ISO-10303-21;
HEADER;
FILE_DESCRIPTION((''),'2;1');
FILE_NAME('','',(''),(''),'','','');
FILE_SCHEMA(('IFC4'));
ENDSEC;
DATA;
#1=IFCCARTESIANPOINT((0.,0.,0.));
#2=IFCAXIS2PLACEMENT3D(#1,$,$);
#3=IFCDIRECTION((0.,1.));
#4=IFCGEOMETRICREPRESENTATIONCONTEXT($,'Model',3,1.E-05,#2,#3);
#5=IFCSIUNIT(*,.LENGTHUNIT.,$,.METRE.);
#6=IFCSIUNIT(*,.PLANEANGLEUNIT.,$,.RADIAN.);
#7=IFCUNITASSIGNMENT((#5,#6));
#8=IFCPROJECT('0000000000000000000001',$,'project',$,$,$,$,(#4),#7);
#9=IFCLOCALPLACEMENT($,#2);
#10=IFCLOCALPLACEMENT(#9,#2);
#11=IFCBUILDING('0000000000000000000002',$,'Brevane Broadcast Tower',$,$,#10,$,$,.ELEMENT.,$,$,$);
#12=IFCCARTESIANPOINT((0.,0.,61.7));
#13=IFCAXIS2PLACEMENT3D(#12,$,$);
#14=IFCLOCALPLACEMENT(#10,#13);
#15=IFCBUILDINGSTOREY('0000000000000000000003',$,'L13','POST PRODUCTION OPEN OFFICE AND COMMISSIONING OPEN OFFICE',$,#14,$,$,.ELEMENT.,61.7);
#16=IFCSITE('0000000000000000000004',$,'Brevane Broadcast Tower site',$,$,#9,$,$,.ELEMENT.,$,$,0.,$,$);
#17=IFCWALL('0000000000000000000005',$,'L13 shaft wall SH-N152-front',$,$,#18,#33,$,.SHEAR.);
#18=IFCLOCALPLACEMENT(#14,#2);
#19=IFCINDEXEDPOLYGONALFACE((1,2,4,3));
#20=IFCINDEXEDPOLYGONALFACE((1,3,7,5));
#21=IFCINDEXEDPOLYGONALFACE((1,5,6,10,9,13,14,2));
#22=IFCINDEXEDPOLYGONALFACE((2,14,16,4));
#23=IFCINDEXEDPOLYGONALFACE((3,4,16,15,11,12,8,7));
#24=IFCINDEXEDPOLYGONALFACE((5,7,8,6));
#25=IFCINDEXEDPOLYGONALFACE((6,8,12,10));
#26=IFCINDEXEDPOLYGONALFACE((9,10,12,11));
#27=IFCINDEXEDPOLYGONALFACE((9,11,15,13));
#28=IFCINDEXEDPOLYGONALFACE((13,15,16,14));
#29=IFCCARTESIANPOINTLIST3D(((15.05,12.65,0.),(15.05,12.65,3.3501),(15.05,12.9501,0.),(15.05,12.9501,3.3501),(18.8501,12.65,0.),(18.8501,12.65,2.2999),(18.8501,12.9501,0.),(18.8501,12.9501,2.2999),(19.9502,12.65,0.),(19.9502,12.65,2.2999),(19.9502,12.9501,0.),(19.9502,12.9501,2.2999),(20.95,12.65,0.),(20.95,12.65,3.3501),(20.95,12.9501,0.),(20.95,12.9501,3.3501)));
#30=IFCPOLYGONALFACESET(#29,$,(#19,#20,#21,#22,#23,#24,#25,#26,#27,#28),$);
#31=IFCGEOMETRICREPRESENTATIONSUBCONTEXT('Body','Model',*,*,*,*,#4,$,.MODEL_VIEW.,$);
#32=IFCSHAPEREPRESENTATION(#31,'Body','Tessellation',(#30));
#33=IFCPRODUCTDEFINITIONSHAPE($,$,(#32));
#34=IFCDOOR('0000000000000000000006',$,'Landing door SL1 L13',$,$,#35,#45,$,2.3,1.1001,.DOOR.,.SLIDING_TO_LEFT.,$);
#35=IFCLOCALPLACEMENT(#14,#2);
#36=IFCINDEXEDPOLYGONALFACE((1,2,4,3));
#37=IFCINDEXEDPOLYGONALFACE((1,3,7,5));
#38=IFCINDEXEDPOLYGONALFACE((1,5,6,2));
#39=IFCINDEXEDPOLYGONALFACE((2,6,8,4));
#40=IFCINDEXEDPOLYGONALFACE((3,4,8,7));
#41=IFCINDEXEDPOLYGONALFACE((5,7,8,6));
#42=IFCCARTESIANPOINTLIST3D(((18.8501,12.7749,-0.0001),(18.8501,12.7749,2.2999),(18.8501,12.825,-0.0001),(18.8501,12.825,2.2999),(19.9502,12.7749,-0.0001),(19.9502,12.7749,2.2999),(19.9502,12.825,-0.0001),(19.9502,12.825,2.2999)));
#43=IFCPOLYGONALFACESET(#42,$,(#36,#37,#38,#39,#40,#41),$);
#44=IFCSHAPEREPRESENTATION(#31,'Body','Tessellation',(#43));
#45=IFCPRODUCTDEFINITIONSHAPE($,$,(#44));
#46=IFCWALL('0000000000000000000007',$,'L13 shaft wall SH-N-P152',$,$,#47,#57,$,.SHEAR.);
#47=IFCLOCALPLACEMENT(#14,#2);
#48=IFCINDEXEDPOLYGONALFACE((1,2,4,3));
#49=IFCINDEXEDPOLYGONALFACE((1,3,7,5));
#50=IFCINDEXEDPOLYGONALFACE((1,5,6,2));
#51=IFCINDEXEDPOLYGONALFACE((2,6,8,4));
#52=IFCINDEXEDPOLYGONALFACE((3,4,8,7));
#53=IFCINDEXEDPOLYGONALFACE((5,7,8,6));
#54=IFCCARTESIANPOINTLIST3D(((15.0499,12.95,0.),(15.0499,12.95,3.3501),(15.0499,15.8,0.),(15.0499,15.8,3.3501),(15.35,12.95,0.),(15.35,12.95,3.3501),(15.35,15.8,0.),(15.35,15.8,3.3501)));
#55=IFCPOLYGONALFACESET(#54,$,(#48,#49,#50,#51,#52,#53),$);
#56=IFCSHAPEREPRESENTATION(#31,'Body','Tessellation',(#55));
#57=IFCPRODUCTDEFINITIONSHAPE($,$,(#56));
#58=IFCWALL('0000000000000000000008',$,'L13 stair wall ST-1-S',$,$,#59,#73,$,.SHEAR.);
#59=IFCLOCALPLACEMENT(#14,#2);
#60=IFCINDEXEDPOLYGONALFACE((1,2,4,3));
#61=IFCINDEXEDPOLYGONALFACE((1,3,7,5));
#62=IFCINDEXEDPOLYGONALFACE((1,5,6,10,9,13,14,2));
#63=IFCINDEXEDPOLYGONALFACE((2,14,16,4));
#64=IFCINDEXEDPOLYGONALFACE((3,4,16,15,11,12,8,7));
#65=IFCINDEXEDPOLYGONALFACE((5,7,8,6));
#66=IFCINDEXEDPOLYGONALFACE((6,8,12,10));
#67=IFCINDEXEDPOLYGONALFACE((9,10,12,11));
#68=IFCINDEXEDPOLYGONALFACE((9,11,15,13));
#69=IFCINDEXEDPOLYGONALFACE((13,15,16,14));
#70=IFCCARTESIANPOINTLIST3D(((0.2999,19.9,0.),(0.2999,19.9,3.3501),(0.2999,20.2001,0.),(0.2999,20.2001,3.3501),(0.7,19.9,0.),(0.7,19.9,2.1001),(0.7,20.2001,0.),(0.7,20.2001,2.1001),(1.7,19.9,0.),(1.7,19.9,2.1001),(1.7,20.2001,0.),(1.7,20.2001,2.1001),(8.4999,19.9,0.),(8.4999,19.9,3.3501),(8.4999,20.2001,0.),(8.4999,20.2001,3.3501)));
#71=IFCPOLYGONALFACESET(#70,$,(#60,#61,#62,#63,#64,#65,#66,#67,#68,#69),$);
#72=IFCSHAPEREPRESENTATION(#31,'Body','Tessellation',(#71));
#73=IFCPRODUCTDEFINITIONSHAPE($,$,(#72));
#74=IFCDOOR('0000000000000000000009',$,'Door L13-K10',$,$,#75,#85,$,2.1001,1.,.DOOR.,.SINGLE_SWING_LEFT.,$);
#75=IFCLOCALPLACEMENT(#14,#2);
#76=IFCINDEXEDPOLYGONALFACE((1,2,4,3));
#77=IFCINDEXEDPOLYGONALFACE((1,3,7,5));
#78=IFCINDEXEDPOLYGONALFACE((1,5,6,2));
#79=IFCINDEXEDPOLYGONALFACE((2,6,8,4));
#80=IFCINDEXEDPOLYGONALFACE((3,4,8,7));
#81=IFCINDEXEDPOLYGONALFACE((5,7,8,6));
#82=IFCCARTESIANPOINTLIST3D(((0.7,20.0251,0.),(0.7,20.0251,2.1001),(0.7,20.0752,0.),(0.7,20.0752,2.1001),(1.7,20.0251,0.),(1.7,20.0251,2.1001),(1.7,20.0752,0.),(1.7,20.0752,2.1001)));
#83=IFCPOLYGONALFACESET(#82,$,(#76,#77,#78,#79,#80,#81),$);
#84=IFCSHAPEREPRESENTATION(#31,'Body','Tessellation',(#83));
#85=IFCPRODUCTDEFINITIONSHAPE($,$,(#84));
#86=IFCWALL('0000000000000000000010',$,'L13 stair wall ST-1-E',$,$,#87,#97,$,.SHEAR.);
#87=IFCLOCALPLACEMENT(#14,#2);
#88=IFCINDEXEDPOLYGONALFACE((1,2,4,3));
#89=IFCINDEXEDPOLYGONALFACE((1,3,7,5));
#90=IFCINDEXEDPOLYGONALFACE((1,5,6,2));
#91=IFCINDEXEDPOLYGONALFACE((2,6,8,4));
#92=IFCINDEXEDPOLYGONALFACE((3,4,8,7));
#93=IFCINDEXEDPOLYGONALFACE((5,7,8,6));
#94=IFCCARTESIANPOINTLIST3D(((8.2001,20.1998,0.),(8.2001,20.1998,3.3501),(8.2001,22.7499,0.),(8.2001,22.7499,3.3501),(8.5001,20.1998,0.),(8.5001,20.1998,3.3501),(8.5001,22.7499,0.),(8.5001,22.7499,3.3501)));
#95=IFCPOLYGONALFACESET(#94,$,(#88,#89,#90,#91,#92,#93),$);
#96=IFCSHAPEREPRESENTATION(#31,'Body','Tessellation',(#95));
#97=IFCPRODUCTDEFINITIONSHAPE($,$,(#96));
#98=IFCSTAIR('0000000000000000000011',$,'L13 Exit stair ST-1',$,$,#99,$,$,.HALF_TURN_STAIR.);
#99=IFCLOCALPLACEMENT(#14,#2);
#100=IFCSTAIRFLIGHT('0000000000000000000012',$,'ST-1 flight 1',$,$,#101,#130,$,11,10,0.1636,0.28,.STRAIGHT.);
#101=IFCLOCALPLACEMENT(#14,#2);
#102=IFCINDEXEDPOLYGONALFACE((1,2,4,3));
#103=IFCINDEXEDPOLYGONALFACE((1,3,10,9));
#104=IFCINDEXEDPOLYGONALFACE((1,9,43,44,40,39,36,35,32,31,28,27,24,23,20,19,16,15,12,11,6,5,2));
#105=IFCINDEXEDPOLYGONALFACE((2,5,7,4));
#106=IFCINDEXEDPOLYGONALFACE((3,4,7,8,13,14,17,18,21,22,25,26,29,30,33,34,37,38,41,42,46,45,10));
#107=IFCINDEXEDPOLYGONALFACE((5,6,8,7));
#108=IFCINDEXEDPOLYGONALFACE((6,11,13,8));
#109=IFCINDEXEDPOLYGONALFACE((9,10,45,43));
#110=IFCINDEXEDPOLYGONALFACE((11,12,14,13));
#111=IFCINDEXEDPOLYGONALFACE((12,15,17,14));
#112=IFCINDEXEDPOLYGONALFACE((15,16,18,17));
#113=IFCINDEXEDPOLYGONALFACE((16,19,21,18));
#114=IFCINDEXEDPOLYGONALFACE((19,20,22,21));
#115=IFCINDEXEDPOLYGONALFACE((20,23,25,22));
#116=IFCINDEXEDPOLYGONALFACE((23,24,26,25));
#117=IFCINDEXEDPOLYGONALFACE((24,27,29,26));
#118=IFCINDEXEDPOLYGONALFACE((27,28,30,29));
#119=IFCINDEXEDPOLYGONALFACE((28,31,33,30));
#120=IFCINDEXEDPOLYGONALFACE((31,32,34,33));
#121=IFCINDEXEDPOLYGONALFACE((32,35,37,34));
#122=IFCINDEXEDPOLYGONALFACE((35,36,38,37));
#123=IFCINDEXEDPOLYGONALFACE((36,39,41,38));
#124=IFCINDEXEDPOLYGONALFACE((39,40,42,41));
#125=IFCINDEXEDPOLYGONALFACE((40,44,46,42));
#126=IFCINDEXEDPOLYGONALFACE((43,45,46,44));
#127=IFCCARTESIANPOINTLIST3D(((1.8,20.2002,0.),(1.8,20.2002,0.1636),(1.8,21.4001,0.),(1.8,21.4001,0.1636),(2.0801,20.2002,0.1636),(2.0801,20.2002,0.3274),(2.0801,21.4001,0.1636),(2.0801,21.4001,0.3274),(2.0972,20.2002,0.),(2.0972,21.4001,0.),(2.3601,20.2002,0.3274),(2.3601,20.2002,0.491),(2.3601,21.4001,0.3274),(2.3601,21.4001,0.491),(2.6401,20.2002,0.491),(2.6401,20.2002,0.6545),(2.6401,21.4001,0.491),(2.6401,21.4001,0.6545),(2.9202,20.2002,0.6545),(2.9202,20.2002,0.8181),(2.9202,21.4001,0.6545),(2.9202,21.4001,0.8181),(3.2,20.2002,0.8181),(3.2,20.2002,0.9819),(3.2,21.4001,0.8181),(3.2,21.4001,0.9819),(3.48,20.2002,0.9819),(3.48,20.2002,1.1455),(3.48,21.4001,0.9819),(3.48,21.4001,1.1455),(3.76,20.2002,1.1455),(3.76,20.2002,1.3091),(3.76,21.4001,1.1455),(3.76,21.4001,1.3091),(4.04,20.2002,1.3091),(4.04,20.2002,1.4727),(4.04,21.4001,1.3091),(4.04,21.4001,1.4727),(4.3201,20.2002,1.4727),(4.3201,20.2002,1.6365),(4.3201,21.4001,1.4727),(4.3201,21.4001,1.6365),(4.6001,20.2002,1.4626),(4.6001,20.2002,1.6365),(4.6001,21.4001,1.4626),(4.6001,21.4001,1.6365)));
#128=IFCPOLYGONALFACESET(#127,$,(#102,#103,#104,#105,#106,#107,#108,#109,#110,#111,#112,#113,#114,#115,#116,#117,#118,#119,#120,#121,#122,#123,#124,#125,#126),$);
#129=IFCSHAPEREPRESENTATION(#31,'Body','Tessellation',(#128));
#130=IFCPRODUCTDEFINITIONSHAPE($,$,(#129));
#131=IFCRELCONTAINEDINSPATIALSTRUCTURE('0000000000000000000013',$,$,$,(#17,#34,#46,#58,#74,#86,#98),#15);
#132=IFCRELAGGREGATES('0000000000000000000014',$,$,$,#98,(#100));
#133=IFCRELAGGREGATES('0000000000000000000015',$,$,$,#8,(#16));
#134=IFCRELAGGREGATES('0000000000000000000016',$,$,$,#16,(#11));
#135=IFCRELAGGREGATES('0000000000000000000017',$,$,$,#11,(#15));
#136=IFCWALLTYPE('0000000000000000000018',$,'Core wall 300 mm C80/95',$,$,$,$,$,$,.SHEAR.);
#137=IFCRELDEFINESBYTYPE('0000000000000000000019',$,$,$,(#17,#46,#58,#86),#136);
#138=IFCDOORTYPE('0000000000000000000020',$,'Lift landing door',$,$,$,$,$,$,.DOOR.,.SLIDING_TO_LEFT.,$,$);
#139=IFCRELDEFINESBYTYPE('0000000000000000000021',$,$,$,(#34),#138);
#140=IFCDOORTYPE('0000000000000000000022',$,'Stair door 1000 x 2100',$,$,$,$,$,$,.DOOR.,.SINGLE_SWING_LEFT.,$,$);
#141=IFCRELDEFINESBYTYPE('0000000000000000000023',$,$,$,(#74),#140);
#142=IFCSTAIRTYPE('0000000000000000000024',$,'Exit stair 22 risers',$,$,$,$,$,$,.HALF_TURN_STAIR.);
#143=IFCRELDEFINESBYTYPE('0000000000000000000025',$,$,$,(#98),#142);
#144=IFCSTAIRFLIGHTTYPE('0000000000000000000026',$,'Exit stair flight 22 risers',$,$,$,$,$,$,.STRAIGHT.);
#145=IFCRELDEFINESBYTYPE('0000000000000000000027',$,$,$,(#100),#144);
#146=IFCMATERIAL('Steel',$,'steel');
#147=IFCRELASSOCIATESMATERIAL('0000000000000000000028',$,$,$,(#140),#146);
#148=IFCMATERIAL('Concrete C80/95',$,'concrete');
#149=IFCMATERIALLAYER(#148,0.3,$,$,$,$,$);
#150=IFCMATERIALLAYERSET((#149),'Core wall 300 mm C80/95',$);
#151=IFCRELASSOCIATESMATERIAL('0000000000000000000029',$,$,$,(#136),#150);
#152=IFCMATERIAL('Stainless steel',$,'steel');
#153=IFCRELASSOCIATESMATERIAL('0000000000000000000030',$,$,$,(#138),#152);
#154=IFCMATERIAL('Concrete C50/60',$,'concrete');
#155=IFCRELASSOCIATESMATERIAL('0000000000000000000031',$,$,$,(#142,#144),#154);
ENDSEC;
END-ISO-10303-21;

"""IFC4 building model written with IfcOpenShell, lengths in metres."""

from ifc_helpers import new_model, si_unit, direction, frame, frame_2d, origin, place, context, subcontext, project, spatial, polyline, rectangle, outline, extrude, material, layer, layer_set, type_object, element, fill, aggregate, save


model = new_model("IFC4")

# Units and contexts
model_context = context("Model", 3, precision=1e-05, world=origin(), true_north=direction((0.0, 1.0)))
body_context = subcontext(model_context, "Body", "Model", "MODEL_VIEW")
ifc_project = project(units=[si_unit("LENGTHUNIT", "METRE"), si_unit("PLANEANGLEUNIT", "RADIAN")], contexts=[model_context])

# Site, building, storey
site_placement = place(None, origin())
site = spatial("IfcSite", under=ifc_project, at=site_placement, Name="Brevane Broadcast Tower site", CompositionType="ELEMENT", RefElevation=0.0)
building_placement = place(site_placement, origin())
building = spatial("IfcBuilding", under=site, at=building_placement, Name="Brevane Broadcast Tower", CompositionType="ELEMENT")
storey_placement = place(building_placement, frame((0.0, 0.0, 61.7)))
storey = spatial("IfcBuildingStorey", under=building, at=storey_placement, Name="L13", Description="POST PRODUCTION OPEN OFFICE AND COMMISSIONING OPEN OFFICE", CompositionType="ELEMENT", Elevation=61.7)

# Shared definitions
ifc_material_1 = material(Name="Steel", Category="steel")
door_type_1 = type_object("IfcDoorType", Name="Stair door 1000 x 2100", OperationType="SINGLE_SWING_LEFT", PredefinedType="DOOR", material=ifc_material_1)

# Shared definitions
ifc_material_2 = material(Name="Concrete C80/95", Category="concrete")
ifc_layer_1 = layer(ifc_material_2, 0.3)
ifc_layer_set_1 = layer_set([ifc_layer_1], Name="Core wall 300 mm C80/95")
wall_type_1 = type_object("IfcWallType", Name="Core wall 300 mm C80/95", PredefinedType="SHEAR", material=ifc_layer_set_1)

# Wall, opening, door
wall_1_placement = place(storey_placement, frame((15.05, 12.8, 0.0), z_axis=(0.0, 0.0, 1.0), x_axis=(1.0, 0.0, 0.0)))
wall_1 = element("IfcWall", 1, at=wall_1_placement, inside=storey, type_object=wall_type_1, Name="L13 shaft wall SH-N152-front", PredefinedType="SHEAR", context=body_context, shape_type="SweptSolid", body=[
    extrude(rectangle(XDim=5.8999, YDim=0.3, at=frame_2d((2.95, 0.0))), origin(), (0.0, 0.0, 1.0), 3.3501),
])
opening_1_placement = place(wall_1_placement, frame((3.8, 0.0, 0.0)))
opening_1 = element("IfcOpeningElement", 2, at=opening_1_placement, cuts=wall_1, PredefinedType="OPENING", context=body_context, shape_type="SweptSolid", body=[
    extrude(rectangle(XDim=1.1001, YDim=2.3, at=frame_2d((0.55, 1.1499))), frame((0.0, 0.1599, 0.0), z_axis=(0.0, -1.0, 0.0), x_axis=(1.0, 0.0, 0.0)), (0.0, 0.0, 1.0), 0.3201),
])
ifc_material_3 = material(Name="Stainless steel", Category="steel")
door_type_2 = type_object("IfcDoorType", Name="Lift landing door", OperationType="SLIDING_TO_LEFT", PredefinedType="DOOR", material=ifc_material_3)
door_1_placement = place(opening_1_placement, origin())
door_1 = element("IfcDoor", 3, at=door_1_placement, inside=storey, type_object=door_type_2, Name="Landing door SL1 L13", OperationType="SLIDING_TO_LEFT", OverallHeight=2.3, OverallWidth=1.1001, PredefinedType="DOOR", context=body_context, shape_type="SweptSolid", body=[
    extrude(rectangle(XDim=1.1001, YDim=2.3, at=frame_2d((0.55, 1.1499))), frame((0.0, 0.0249, 0.0), z_axis=(0.0, -1.0, 0.0), x_axis=(1.0, 0.0, 0.0)), (0.0, 0.0, 1.0), 0.05),
])
fill(opening_1, door_1)

# Wall
wall_2_placement = place(storey_placement, frame((15.2, 12.95, 0.0), z_axis=(0.0, 0.0, 1.0), x_axis=(0.0, 1.0, 0.0)))
element("IfcWall", 4, at=wall_2_placement, inside=storey, type_object=wall_type_1, Name="L13 shaft wall SH-N-P152", PredefinedType="SHEAR", context=body_context, shape_type="SweptSolid", body=[
    extrude(rectangle(XDim=2.8501, YDim=0.3, at=frame_2d((1.425, 0.0))), origin(), (0.0, 0.0, 1.0), 3.3501),
])

# Wall, opening, door
wall_3_placement = place(storey_placement, frame((8.5, 20.05, 0.0), z_axis=(0.0, 0.0, 1.0), x_axis=(-1.0, 0.0, 0.0)))
wall_3 = element("IfcWall", 5, at=wall_3_placement, inside=storey, type_object=wall_type_1, Name="L13 stair wall ST-1-S", PredefinedType="SHEAR", context=body_context, shape_type="SweptSolid", body=[
    extrude(rectangle(XDim=8.2, YDim=0.3, at=frame_2d((4.1001, 0.0))), origin(), (0.0, 0.0, 1.0), 3.3501),
])
opening_2_placement = place(wall_3_placement, frame((6.8, 0.0, 0.0)))
opening_2 = element("IfcOpeningElement", 6, at=opening_2_placement, cuts=wall_3, PredefinedType="OPENING", context=body_context, shape_type="SweptSolid", body=[
    extrude(rectangle(XDim=1.0, YDim=2.1001, at=frame_2d((0.5, 1.05))), frame((0.0, 0.1599, 0.0), z_axis=(0.0, -1.0, 0.0), x_axis=(1.0, 0.0, 0.0)), (0.0, 0.0, 1.0), 0.3201),
])
door_2_placement = place(opening_2_placement, origin())
door_2 = element("IfcDoor", 7, at=door_2_placement, inside=storey, type_object=door_type_1, Name="Door L13-K10", OperationType="SINGLE_SWING_LEFT", OverallHeight=2.1001, OverallWidth=1.0, PredefinedType="DOOR", context=body_context, shape_type="SweptSolid", body=[
    extrude(rectangle(XDim=1.0, YDim=2.1001, at=frame_2d((0.5, 1.05))), frame((0.0, 0.0249, 0.0), z_axis=(0.0, -1.0, 0.0), x_axis=(1.0, 0.0, 0.0)), (0.0, 0.0, 1.0), 0.05),
])
fill(opening_2, door_2)

# Wall
wall_4_placement = place(storey_placement, frame((8.3501, 20.2, 0.0), z_axis=(0.0, 0.0, 1.0), x_axis=(0.0, 1.0, 0.0)))
element("IfcWall", 8, at=wall_4_placement, inside=storey, type_object=wall_type_1, Name="L13 stair wall ST-1-E", PredefinedType="SHEAR", context=body_context, shape_type="SweptSolid", body=[
    extrude(rectangle(XDim=2.55, YDim=0.3, at=frame_2d((1.2749, 0.0))), origin(), (0.0, 0.0, 1.0), 3.3501),
])

# Stair, stair flight
ifc_material_4 = material(Name="Concrete C50/60", Category="concrete")
stair_type = type_object("IfcStairType", Name="Exit stair 22 risers", PredefinedType="HALF_TURN_STAIR", material=ifc_material_4)
stair_placement = place(storey_placement, origin())
stair = element("IfcStair", 9, at=stair_placement, inside=storey, type_object=stair_type, Name="L13 Exit stair ST-1", PredefinedType="HALF_TURN_STAIR")
stair_flight_type = type_object("IfcStairFlightType", Name="Exit stair flight 22 risers", PredefinedType="STRAIGHT", material=ifc_material_4)
stair_flight_placement = place(storey_placement, frame((1.8, 20.8, 0.0), z_axis=(0.0, 0.0, 1.0), x_axis=(1.0, 0.0, 0.0)))
stair_flight = element("IfcStairFlight", 10, at=stair_flight_placement, type_object=stair_flight_type, Name="ST-1 flight 1", NumberOfRisers=11, NumberOfTreads=10, PredefinedType="STRAIGHT", RiserHeight=0.1636, TreadLength=0.28, context=body_context, shape_type="SweptSolid", body=[
    extrude(outline(polyline([(0.0, 0.0), (0.0, 0.1636), (0.28, 0.1636), (0.28, 0.3274), (0.5601, 0.3274), (0.5601, 0.491), (0.8401, 0.491), (0.8401, 0.6545), (1.1201, 0.6545), (1.1201, 0.8181), (1.3999, 0.8181), (1.3999, 0.9819), (1.6799, 0.9819), (1.6799, 1.1455), (1.96, 1.1455), (1.96, 1.3091), (2.24, 1.3091), (2.24, 1.4727), (2.52, 1.4727), (2.52, 1.6365), (2.8, 1.6365), (2.8, 1.8), (2.8, 1.4626), (0.2971, 0.0), (0.0, 0.0)])), frame((0.0, 0.6001, 0.0), z_axis=(0.0, -1.0, 0.0), x_axis=(1.0, 0.0, 0.0)), (0.0, 0.0, 1.0), 1.2),
])
aggregate(stair, [stair_flight])

save(model, "model.ifc")
